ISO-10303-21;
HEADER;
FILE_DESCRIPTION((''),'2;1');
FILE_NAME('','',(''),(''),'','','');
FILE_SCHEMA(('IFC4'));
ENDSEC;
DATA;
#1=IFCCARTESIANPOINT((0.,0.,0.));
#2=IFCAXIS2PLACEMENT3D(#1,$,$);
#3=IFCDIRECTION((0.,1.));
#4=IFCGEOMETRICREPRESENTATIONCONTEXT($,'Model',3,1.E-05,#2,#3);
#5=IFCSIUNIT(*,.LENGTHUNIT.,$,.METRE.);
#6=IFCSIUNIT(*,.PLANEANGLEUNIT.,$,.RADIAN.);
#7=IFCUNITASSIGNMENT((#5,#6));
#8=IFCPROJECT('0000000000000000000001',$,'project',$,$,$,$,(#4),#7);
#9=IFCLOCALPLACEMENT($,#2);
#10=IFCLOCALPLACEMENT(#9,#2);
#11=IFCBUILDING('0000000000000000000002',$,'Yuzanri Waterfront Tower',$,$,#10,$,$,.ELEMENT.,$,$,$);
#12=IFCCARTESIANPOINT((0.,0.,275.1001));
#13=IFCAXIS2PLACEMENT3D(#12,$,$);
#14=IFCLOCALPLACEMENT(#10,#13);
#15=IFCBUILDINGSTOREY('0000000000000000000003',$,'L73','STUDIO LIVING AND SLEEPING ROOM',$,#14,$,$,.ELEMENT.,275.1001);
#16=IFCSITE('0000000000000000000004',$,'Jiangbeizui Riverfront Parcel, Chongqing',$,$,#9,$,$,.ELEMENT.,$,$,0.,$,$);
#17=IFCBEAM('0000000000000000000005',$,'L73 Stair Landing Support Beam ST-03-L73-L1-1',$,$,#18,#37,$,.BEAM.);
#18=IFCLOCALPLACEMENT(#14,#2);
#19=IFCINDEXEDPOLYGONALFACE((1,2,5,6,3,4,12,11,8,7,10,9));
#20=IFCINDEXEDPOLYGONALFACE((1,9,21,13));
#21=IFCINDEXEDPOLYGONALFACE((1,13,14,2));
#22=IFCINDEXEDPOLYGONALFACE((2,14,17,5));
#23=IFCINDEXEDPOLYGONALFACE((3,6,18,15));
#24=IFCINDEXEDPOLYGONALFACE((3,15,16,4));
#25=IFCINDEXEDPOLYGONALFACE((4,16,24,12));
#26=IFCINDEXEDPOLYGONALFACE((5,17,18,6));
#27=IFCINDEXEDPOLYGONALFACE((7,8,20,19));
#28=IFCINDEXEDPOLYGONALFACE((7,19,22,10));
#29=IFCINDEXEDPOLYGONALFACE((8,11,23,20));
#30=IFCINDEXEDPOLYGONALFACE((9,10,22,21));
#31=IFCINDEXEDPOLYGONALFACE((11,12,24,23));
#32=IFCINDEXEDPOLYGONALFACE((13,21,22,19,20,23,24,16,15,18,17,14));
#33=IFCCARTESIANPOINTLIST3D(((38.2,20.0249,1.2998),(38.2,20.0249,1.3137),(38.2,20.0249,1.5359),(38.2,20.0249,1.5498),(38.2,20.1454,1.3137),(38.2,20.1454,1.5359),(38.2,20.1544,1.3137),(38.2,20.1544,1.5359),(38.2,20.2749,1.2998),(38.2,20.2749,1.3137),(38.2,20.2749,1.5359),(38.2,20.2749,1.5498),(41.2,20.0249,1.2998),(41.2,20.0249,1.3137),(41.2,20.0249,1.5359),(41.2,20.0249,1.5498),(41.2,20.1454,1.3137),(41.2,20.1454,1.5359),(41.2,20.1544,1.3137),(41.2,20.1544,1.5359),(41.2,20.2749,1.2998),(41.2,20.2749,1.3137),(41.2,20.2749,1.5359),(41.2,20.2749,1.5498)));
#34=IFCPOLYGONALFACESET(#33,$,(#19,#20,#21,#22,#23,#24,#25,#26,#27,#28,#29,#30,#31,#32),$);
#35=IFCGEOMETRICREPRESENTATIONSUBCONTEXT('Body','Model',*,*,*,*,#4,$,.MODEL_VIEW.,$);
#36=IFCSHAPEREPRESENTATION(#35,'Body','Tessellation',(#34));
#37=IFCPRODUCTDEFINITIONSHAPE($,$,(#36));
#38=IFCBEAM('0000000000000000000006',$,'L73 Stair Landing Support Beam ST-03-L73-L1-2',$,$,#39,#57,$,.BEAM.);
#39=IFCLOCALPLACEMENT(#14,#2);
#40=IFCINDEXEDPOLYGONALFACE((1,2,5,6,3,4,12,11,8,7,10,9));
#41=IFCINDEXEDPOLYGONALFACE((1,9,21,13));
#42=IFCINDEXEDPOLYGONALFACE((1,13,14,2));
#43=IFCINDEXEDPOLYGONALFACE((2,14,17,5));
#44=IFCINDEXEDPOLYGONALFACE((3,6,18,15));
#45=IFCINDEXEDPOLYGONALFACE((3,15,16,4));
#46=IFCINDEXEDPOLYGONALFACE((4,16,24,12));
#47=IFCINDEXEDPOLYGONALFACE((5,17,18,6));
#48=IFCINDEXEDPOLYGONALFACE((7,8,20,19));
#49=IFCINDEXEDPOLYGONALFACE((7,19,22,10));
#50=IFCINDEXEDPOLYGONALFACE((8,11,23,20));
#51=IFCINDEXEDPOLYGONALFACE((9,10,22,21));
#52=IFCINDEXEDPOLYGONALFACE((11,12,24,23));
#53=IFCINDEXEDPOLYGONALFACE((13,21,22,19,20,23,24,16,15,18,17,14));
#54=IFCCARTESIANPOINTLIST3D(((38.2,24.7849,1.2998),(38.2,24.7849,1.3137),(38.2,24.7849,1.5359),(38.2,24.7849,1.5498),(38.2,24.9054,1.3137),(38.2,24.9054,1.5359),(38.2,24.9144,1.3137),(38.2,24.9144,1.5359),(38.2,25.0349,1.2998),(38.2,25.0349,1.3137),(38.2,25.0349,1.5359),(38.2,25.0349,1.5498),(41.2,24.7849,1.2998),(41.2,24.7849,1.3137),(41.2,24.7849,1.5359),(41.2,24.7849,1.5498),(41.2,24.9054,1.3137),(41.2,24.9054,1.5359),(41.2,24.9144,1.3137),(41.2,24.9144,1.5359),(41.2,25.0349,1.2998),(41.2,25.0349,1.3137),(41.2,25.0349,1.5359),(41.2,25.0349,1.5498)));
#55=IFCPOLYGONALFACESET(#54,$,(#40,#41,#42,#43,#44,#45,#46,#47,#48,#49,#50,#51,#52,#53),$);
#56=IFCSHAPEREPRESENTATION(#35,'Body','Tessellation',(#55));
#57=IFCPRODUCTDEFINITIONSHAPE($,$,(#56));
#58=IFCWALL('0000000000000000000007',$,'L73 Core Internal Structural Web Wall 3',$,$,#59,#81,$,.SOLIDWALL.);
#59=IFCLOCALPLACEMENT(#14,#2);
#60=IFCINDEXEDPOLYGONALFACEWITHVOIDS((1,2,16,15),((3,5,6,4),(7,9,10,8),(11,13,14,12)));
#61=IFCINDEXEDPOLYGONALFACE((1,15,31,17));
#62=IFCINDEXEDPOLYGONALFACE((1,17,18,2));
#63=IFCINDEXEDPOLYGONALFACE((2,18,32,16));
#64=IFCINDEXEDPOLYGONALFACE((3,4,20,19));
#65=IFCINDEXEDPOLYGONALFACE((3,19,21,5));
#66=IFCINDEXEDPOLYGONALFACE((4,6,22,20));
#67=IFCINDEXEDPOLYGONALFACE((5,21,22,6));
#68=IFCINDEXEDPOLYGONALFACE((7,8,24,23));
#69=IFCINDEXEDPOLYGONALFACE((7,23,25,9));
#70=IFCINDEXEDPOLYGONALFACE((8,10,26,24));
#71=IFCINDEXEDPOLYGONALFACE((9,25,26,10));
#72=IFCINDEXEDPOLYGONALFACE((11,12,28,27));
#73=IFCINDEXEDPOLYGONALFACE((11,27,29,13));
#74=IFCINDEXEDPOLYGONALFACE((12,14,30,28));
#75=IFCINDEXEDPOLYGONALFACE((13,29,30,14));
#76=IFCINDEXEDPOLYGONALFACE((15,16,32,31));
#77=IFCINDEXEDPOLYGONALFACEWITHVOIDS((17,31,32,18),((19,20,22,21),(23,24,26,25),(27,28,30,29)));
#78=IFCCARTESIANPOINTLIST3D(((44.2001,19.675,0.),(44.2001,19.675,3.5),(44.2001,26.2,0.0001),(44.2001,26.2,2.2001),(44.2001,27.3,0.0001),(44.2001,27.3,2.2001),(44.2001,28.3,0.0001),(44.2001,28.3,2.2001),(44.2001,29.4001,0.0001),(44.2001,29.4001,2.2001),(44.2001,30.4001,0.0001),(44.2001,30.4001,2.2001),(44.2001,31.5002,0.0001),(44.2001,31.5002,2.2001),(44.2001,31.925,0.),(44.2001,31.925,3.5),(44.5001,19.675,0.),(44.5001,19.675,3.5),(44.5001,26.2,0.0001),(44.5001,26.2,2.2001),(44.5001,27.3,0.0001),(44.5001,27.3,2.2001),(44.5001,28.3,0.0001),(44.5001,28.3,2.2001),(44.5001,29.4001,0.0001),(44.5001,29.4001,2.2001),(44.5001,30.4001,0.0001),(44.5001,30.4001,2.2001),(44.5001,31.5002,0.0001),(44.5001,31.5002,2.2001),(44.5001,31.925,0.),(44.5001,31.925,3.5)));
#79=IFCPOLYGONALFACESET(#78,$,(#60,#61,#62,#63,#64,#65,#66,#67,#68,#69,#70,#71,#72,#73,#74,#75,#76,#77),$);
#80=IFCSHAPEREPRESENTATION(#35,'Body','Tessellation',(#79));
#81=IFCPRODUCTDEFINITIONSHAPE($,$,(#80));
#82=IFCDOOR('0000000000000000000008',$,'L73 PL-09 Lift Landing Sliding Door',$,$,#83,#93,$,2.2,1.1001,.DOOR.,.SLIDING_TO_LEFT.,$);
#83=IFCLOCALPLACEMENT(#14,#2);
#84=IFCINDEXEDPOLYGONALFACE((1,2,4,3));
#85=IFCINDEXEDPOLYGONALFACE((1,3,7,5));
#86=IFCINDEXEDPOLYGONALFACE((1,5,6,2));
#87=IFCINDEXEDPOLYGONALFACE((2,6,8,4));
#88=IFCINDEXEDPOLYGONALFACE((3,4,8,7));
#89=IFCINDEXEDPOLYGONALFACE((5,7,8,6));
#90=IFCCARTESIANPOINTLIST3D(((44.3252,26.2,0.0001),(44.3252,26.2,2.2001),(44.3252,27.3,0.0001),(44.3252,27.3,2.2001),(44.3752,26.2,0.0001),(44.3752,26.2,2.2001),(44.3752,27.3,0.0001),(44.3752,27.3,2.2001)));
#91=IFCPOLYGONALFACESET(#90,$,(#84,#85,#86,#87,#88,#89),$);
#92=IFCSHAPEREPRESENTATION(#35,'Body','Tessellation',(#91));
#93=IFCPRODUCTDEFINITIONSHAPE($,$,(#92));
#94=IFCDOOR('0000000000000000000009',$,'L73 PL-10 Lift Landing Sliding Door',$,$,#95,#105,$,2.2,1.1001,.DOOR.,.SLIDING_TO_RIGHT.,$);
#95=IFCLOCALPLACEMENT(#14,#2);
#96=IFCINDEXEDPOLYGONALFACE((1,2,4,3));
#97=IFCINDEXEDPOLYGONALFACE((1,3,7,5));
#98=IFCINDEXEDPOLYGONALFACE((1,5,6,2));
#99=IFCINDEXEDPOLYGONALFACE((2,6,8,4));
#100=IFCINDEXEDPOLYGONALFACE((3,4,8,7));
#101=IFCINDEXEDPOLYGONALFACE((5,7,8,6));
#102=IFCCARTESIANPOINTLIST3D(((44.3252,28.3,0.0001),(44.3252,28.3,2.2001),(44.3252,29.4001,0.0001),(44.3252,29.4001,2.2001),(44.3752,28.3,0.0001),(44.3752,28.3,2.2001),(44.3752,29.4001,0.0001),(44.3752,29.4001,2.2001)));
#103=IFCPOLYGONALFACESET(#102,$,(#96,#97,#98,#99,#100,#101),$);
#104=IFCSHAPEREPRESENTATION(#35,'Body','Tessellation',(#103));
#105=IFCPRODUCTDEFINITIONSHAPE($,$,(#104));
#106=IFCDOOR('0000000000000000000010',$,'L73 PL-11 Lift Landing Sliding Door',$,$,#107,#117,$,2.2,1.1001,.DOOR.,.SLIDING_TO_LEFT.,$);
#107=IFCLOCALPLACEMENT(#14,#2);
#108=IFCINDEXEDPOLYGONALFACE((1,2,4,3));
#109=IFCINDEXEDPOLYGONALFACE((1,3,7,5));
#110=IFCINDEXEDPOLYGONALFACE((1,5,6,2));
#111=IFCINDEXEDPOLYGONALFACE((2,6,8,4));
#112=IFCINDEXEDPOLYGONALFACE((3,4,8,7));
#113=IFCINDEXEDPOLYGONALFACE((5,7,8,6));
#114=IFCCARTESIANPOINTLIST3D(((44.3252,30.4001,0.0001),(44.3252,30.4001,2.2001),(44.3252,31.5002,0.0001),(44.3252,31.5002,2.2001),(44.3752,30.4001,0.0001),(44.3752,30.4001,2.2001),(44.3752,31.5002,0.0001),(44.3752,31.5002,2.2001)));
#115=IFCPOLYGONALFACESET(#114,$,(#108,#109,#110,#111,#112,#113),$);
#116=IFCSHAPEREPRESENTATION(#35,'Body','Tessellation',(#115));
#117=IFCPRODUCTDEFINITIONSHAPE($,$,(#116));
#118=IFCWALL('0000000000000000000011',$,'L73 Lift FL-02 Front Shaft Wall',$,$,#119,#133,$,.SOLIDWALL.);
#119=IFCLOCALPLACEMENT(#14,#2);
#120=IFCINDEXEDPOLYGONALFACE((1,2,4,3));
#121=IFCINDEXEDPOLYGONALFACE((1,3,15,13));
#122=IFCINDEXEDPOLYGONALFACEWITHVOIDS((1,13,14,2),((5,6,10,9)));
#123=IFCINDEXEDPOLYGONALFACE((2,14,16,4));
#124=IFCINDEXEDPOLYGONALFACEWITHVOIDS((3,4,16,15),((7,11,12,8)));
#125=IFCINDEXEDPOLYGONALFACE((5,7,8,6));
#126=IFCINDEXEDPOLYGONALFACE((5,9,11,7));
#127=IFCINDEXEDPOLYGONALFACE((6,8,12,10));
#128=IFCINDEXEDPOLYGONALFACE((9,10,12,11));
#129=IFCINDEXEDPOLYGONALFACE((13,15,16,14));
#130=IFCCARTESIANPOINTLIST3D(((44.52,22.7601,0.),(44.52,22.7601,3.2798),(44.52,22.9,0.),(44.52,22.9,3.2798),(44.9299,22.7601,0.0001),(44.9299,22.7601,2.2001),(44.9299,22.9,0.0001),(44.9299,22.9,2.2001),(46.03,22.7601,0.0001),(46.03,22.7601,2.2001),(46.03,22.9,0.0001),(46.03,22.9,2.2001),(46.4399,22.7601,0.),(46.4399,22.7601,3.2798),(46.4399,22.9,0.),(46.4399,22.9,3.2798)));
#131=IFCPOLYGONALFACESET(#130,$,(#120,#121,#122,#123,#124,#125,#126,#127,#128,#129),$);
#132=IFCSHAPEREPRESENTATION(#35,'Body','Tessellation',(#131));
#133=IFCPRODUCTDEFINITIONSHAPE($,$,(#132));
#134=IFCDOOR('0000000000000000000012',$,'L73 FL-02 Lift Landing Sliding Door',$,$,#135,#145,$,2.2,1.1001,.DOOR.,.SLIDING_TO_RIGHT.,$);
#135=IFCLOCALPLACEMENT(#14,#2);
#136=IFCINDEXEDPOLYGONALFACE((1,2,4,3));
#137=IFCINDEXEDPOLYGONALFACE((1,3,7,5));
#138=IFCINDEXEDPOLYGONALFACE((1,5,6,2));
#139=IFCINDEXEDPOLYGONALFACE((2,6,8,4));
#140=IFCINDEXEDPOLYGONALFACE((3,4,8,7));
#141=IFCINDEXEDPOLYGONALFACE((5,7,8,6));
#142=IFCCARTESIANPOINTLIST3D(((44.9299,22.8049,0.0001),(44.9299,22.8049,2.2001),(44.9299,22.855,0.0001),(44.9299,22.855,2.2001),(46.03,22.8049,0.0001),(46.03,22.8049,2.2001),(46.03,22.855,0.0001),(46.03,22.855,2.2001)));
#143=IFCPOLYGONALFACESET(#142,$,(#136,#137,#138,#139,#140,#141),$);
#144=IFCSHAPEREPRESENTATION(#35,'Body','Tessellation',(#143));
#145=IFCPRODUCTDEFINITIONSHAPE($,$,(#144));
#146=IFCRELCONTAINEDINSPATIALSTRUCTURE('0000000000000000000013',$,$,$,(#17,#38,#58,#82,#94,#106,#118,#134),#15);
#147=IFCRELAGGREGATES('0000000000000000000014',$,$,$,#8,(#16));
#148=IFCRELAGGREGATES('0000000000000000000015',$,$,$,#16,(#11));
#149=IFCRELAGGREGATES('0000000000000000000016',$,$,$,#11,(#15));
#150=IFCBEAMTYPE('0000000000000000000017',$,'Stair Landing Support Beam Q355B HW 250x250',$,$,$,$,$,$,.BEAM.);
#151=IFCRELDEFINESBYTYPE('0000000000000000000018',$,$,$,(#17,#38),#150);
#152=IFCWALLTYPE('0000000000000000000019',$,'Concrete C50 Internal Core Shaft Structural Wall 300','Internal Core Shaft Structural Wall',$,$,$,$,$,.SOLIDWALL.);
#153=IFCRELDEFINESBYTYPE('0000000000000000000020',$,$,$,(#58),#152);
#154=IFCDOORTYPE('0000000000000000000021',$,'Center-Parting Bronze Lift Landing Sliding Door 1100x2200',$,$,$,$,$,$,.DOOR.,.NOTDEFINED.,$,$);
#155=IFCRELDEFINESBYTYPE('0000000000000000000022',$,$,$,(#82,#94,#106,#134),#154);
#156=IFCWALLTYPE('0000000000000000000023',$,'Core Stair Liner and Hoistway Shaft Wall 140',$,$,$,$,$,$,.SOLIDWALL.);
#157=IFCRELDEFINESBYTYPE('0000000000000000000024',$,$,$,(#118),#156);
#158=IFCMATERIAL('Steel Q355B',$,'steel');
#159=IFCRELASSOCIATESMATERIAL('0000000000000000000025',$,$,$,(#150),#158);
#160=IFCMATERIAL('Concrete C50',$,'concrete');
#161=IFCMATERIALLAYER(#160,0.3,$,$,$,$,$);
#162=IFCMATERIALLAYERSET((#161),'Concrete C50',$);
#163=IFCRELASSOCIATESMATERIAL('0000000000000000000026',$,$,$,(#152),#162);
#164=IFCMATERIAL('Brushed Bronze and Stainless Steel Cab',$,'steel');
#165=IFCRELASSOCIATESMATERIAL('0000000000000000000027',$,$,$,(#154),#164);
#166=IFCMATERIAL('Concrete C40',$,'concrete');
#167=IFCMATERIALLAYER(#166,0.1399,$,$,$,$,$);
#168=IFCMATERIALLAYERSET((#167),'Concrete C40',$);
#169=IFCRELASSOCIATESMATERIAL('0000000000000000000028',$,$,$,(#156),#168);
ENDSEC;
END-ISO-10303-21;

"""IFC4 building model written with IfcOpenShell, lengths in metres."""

from ifc_helpers import new_model, si_unit, direction, frame, frame_2d, origin, origin_2d, place, context, subcontext, project, spatial, rectangle, i_section, extrude, source, transform, mapped, material, layer, layer_set, material_profile, profile_set, type_object, element, fill, save


model = new_model("IFC4")

# Units and contexts
model_context = context("Model", 3, precision=1e-05, world=origin(), true_north=direction((0.0, 1.0)))
body_context = subcontext(model_context, "Body", "Model", "MODEL_VIEW")
ifc_project = project(units=[si_unit("LENGTHUNIT", "METRE"), si_unit("PLANEANGLEUNIT", "RADIAN")], contexts=[model_context])

# Site, building, storey
site_placement = place(None, origin())
site = spatial("IfcSite", under=ifc_project, at=site_placement, Name="Jiangbeizui Riverfront Parcel, Chongqing", CompositionType="ELEMENT", RefElevation=0.0)
building_placement = place(site_placement, origin())
building = spatial("IfcBuilding", under=site, at=building_placement, Name="Yuzanri Waterfront Tower", CompositionType="ELEMENT")
storey_placement = place(building_placement, frame((0.0, 0.0, 275.1001)))
storey = spatial("IfcBuildingStorey", under=building, at=storey_placement, Name="L73", Description="STUDIO LIVING AND SLEEPING ROOM", CompositionType="ELEMENT", Elevation=275.1001)

# Beams
ifc_material_1 = material(Name="Steel Q355B", Category="steel")
ifc_material_profile = material_profile(ifc_material_1, i_section(OverallWidth=0.25, OverallDepth=0.25, WebThickness=0.009, FlangeThickness=0.0139, at=origin_2d()), Name="HW 250x250x9x14")
ifc_profile_set = profile_set([ifc_material_profile], Name="Steel Q355B")
beam_type = type_object("IfcBeamType", Name="Stair Landing Support Beam Q355B HW 250x250", PredefinedType="BEAM", material=ifc_profile_set)
shared_shape_1 = source(origin(), body_context, "Body", "SweptSolid", [
    extrude(i_section(OverallWidth=0.25, OverallDepth=0.25, WebThickness=0.009, FlangeThickness=0.0139, at=origin_2d()), origin(), (0.0, 0.0, 1.0), 3.0),
])
for number, where, z_axis, x_axis, name in (
    (1, (38.2, 20.1499, 1.4248), (1.0, 0.0, 0.0), (0.0, 1.0, 0.0), "L73 Stair Landing Support Beam ST-03-L73-L1-1"),
    (2, (38.2, 24.9099, 1.4248), (1.0, 0.0, 0.0), (0.0, 1.0, 0.0), "L73 Stair Landing Support Beam ST-03-L73-L1-2"),
):
    element("IfcBeam", number, at=place(storey_placement, frame(where, z_axis=z_axis, x_axis=x_axis)), inside=storey, type_object=beam_type, Name=name, PredefinedType="BEAM", context=body_context, shape_type="MappedRepresentation", body=[
        mapped(shared_shape_1, transform((0.0, 0.0, 0.0), scale=1.0)),
    ])

# Wall, openings, doors
ifc_material_2 = material(Name="Concrete C50", Category="concrete")
ifc_layer_1 = layer(ifc_material_2, 0.3)
ifc_layer_set_1 = layer_set([ifc_layer_1], Name="Concrete C50")
wall_type_1 = type_object("IfcWallType", Name="Concrete C50 Internal Core Shaft Structural Wall 300", Description="Internal Core Shaft Structural Wall", PredefinedType="SOLIDWALL", material=ifc_layer_set_1)
wall_1_placement = place(storey_placement, frame((44.3501, 19.675, 0.0), z_axis=(0.0, 0.0, 1.0), x_axis=(0.0, 1.0, 0.0)))
wall_1 = element("IfcWall", 3, at=wall_1_placement, inside=storey, type_object=wall_type_1, Name="L73 Core Internal Structural Web Wall 3", PredefinedType="SOLIDWALL", context=body_context, shape_type="SweptSolid", body=[
    extrude(rectangle(XDim=12.25, YDim=0.3, at=frame_2d((6.125, 0.0))), origin(), (0.0, 0.0, 1.0), 3.5),
])
opening_1_placement = place(wall_1_placement, frame((6.5249, 0.0, 0.0)))
opening_1 = element("IfcOpeningElement", 4, at=opening_1_placement, cuts=wall_1, PredefinedType="OPENING", context=body_context, shape_type="SweptSolid", body=[
    extrude(rectangle(XDim=1.1001, YDim=2.2, at=frame_2d((0.55, 1.1001))), frame((0.0, 0.165, 0.0), z_axis=(0.0, -1.0, 0.0), x_axis=(1.0, 0.0, 0.0)), (0.0, 0.0, 1.0), 0.3298),
])
opening_2_placement = place(wall_1_placement, frame((8.625, 0.0, 0.0)))
opening_2 = element("IfcOpeningElement", 5, at=opening_2_placement, cuts=wall_1, PredefinedType="OPENING", context=body_context, shape_type="SweptSolid", body=[
    extrude(rectangle(XDim=1.1001, YDim=2.2, at=frame_2d((0.55, 1.1001))), frame((0.0, 0.165, 0.0), z_axis=(0.0, -1.0, 0.0), x_axis=(1.0, 0.0, 0.0)), (0.0, 0.0, 1.0), 0.3298),
])
opening_3_placement = place(wall_1_placement, frame((10.7251, 0.0, 0.0)))
opening_3 = element("IfcOpeningElement", 6, at=opening_3_placement, cuts=wall_1, PredefinedType="OPENING", context=body_context, shape_type="SweptSolid", body=[
    extrude(rectangle(XDim=1.1001, YDim=2.2, at=frame_2d((0.55, 1.1001))), frame((0.0, 0.165, 0.0), z_axis=(0.0, -1.0, 0.0), x_axis=(1.0, 0.0, 0.0)), (0.0, 0.0, 1.0), 0.3298),
])
ifc_material_3 = material(Name="Brushed Bronze and Stainless Steel Cab", Category="steel")
door_type_1 = type_object("IfcDoorType", Name="Center-Parting Bronze Lift Landing Sliding Door 1100x2200", OperationType="NOTDEFINED", PredefinedType="DOOR", material=ifc_material_3)
shared_shape_2 = source(origin(), body_context, "Body", "SweptSolid", [
    extrude(rectangle(XDim=1.1001, YDim=2.2, at=frame_2d((0.55, 1.1001))), frame((0.0, 0.0249, 0.0), z_axis=(0.0, -1.0, 0.0), x_axis=(1.0, 0.0, 0.0)), (0.0, 0.0, 1.0), 0.05),
])
door_1_placement = place(opening_1_placement, origin())
door_1 = element("IfcDoor", 7, at=door_1_placement, inside=storey, type_object=door_type_1, Name="L73 PL-09 Lift Landing Sliding Door", OperationType="SLIDING_TO_LEFT", OverallHeight=2.2, OverallWidth=1.1001, PredefinedType="DOOR", context=body_context, shape_type="MappedRepresentation", body=[
    mapped(shared_shape_2, transform((0.0, 0.0, 0.0), scale=1.0)),
])
fill(opening_1, door_1)
door_2_placement = place(opening_2_placement, origin())
door_2 = element("IfcDoor", 8, at=door_2_placement, inside=storey, type_object=door_type_1, Name="L73 PL-10 Lift Landing Sliding Door", OperationType="SLIDING_TO_RIGHT", OverallHeight=2.2, OverallWidth=1.1001, PredefinedType="DOOR", context=body_context, shape_type="MappedRepresentation", body=[
    mapped(shared_shape_2, transform((0.0, 0.0, 0.0), scale=1.0)),
])
fill(opening_2, door_2)
door_3_placement = place(opening_3_placement, origin())
door_3 = element("IfcDoor", 9, at=door_3_placement, inside=storey, type_object=door_type_1, Name="L73 PL-11 Lift Landing Sliding Door", OperationType="SLIDING_TO_LEFT", OverallHeight=2.2, OverallWidth=1.1001, PredefinedType="DOOR", context=body_context, shape_type="MappedRepresentation", body=[
    mapped(shared_shape_2, transform((0.0, 0.0, 0.0), scale=1.0)),
])
fill(opening_3, door_3)

# Wall, opening, door
ifc_material_4 = material(Name="Concrete C40", Category="concrete")
ifc_layer_2 = layer(ifc_material_4, 0.1399)
ifc_layer_set_2 = layer_set([ifc_layer_2], Name="Concrete C40")
wall_type_2 = type_object("IfcWallType", Name="Core Stair Liner and Hoistway Shaft Wall 140", PredefinedType="SOLIDWALL", material=ifc_layer_set_2)
wall_2_placement = place(storey_placement, frame((44.52, 22.8301, 0.0), z_axis=(0.0, 0.0, 1.0), x_axis=(1.0, 0.0, 0.0)))
wall_2 = element("IfcWall", 10, at=wall_2_placement, inside=storey, type_object=wall_type_2, Name="L73 Lift FL-02 Front Shaft Wall", PredefinedType="SOLIDWALL", context=body_context, shape_type="SweptSolid", body=[
    extrude(rectangle(XDim=1.9199, YDim=0.1399, at=frame_2d((0.96, 0.0))), origin(), (0.0, 0.0, 1.0), 3.2798),
])
opening_4_placement = place(wall_2_placement, frame((0.4099, 0.0, 0.0)))
opening_4 = element("IfcOpeningElement", 11, at=opening_4_placement, cuts=wall_2, PredefinedType="OPENING", context=body_context, shape_type="SweptSolid", body=[
    extrude(rectangle(XDim=1.1001, YDim=2.2, at=frame_2d((0.55, 1.1001))), frame((0.0, 0.085, 0.0), z_axis=(0.0, -1.0, 0.0), x_axis=(1.0, 0.0, 0.0)), (0.0, 0.0, 1.0), 0.1697),
])
door_4_placement = place(opening_4_placement, origin())
door_4 = element("IfcDoor", 12, at=door_4_placement, inside=storey, type_object=door_type_1, Name="L73 FL-02 Lift Landing Sliding Door", OperationType="SLIDING_TO_RIGHT", OverallHeight=2.2, OverallWidth=1.1001, PredefinedType="DOOR", context=body_context, shape_type="MappedRepresentation", body=[
    mapped(shared_shape_2, transform((0.0, 0.0, 0.0), scale=1.0)),
])
fill(opening_4, door_4)

save(model, "model.ifc")
